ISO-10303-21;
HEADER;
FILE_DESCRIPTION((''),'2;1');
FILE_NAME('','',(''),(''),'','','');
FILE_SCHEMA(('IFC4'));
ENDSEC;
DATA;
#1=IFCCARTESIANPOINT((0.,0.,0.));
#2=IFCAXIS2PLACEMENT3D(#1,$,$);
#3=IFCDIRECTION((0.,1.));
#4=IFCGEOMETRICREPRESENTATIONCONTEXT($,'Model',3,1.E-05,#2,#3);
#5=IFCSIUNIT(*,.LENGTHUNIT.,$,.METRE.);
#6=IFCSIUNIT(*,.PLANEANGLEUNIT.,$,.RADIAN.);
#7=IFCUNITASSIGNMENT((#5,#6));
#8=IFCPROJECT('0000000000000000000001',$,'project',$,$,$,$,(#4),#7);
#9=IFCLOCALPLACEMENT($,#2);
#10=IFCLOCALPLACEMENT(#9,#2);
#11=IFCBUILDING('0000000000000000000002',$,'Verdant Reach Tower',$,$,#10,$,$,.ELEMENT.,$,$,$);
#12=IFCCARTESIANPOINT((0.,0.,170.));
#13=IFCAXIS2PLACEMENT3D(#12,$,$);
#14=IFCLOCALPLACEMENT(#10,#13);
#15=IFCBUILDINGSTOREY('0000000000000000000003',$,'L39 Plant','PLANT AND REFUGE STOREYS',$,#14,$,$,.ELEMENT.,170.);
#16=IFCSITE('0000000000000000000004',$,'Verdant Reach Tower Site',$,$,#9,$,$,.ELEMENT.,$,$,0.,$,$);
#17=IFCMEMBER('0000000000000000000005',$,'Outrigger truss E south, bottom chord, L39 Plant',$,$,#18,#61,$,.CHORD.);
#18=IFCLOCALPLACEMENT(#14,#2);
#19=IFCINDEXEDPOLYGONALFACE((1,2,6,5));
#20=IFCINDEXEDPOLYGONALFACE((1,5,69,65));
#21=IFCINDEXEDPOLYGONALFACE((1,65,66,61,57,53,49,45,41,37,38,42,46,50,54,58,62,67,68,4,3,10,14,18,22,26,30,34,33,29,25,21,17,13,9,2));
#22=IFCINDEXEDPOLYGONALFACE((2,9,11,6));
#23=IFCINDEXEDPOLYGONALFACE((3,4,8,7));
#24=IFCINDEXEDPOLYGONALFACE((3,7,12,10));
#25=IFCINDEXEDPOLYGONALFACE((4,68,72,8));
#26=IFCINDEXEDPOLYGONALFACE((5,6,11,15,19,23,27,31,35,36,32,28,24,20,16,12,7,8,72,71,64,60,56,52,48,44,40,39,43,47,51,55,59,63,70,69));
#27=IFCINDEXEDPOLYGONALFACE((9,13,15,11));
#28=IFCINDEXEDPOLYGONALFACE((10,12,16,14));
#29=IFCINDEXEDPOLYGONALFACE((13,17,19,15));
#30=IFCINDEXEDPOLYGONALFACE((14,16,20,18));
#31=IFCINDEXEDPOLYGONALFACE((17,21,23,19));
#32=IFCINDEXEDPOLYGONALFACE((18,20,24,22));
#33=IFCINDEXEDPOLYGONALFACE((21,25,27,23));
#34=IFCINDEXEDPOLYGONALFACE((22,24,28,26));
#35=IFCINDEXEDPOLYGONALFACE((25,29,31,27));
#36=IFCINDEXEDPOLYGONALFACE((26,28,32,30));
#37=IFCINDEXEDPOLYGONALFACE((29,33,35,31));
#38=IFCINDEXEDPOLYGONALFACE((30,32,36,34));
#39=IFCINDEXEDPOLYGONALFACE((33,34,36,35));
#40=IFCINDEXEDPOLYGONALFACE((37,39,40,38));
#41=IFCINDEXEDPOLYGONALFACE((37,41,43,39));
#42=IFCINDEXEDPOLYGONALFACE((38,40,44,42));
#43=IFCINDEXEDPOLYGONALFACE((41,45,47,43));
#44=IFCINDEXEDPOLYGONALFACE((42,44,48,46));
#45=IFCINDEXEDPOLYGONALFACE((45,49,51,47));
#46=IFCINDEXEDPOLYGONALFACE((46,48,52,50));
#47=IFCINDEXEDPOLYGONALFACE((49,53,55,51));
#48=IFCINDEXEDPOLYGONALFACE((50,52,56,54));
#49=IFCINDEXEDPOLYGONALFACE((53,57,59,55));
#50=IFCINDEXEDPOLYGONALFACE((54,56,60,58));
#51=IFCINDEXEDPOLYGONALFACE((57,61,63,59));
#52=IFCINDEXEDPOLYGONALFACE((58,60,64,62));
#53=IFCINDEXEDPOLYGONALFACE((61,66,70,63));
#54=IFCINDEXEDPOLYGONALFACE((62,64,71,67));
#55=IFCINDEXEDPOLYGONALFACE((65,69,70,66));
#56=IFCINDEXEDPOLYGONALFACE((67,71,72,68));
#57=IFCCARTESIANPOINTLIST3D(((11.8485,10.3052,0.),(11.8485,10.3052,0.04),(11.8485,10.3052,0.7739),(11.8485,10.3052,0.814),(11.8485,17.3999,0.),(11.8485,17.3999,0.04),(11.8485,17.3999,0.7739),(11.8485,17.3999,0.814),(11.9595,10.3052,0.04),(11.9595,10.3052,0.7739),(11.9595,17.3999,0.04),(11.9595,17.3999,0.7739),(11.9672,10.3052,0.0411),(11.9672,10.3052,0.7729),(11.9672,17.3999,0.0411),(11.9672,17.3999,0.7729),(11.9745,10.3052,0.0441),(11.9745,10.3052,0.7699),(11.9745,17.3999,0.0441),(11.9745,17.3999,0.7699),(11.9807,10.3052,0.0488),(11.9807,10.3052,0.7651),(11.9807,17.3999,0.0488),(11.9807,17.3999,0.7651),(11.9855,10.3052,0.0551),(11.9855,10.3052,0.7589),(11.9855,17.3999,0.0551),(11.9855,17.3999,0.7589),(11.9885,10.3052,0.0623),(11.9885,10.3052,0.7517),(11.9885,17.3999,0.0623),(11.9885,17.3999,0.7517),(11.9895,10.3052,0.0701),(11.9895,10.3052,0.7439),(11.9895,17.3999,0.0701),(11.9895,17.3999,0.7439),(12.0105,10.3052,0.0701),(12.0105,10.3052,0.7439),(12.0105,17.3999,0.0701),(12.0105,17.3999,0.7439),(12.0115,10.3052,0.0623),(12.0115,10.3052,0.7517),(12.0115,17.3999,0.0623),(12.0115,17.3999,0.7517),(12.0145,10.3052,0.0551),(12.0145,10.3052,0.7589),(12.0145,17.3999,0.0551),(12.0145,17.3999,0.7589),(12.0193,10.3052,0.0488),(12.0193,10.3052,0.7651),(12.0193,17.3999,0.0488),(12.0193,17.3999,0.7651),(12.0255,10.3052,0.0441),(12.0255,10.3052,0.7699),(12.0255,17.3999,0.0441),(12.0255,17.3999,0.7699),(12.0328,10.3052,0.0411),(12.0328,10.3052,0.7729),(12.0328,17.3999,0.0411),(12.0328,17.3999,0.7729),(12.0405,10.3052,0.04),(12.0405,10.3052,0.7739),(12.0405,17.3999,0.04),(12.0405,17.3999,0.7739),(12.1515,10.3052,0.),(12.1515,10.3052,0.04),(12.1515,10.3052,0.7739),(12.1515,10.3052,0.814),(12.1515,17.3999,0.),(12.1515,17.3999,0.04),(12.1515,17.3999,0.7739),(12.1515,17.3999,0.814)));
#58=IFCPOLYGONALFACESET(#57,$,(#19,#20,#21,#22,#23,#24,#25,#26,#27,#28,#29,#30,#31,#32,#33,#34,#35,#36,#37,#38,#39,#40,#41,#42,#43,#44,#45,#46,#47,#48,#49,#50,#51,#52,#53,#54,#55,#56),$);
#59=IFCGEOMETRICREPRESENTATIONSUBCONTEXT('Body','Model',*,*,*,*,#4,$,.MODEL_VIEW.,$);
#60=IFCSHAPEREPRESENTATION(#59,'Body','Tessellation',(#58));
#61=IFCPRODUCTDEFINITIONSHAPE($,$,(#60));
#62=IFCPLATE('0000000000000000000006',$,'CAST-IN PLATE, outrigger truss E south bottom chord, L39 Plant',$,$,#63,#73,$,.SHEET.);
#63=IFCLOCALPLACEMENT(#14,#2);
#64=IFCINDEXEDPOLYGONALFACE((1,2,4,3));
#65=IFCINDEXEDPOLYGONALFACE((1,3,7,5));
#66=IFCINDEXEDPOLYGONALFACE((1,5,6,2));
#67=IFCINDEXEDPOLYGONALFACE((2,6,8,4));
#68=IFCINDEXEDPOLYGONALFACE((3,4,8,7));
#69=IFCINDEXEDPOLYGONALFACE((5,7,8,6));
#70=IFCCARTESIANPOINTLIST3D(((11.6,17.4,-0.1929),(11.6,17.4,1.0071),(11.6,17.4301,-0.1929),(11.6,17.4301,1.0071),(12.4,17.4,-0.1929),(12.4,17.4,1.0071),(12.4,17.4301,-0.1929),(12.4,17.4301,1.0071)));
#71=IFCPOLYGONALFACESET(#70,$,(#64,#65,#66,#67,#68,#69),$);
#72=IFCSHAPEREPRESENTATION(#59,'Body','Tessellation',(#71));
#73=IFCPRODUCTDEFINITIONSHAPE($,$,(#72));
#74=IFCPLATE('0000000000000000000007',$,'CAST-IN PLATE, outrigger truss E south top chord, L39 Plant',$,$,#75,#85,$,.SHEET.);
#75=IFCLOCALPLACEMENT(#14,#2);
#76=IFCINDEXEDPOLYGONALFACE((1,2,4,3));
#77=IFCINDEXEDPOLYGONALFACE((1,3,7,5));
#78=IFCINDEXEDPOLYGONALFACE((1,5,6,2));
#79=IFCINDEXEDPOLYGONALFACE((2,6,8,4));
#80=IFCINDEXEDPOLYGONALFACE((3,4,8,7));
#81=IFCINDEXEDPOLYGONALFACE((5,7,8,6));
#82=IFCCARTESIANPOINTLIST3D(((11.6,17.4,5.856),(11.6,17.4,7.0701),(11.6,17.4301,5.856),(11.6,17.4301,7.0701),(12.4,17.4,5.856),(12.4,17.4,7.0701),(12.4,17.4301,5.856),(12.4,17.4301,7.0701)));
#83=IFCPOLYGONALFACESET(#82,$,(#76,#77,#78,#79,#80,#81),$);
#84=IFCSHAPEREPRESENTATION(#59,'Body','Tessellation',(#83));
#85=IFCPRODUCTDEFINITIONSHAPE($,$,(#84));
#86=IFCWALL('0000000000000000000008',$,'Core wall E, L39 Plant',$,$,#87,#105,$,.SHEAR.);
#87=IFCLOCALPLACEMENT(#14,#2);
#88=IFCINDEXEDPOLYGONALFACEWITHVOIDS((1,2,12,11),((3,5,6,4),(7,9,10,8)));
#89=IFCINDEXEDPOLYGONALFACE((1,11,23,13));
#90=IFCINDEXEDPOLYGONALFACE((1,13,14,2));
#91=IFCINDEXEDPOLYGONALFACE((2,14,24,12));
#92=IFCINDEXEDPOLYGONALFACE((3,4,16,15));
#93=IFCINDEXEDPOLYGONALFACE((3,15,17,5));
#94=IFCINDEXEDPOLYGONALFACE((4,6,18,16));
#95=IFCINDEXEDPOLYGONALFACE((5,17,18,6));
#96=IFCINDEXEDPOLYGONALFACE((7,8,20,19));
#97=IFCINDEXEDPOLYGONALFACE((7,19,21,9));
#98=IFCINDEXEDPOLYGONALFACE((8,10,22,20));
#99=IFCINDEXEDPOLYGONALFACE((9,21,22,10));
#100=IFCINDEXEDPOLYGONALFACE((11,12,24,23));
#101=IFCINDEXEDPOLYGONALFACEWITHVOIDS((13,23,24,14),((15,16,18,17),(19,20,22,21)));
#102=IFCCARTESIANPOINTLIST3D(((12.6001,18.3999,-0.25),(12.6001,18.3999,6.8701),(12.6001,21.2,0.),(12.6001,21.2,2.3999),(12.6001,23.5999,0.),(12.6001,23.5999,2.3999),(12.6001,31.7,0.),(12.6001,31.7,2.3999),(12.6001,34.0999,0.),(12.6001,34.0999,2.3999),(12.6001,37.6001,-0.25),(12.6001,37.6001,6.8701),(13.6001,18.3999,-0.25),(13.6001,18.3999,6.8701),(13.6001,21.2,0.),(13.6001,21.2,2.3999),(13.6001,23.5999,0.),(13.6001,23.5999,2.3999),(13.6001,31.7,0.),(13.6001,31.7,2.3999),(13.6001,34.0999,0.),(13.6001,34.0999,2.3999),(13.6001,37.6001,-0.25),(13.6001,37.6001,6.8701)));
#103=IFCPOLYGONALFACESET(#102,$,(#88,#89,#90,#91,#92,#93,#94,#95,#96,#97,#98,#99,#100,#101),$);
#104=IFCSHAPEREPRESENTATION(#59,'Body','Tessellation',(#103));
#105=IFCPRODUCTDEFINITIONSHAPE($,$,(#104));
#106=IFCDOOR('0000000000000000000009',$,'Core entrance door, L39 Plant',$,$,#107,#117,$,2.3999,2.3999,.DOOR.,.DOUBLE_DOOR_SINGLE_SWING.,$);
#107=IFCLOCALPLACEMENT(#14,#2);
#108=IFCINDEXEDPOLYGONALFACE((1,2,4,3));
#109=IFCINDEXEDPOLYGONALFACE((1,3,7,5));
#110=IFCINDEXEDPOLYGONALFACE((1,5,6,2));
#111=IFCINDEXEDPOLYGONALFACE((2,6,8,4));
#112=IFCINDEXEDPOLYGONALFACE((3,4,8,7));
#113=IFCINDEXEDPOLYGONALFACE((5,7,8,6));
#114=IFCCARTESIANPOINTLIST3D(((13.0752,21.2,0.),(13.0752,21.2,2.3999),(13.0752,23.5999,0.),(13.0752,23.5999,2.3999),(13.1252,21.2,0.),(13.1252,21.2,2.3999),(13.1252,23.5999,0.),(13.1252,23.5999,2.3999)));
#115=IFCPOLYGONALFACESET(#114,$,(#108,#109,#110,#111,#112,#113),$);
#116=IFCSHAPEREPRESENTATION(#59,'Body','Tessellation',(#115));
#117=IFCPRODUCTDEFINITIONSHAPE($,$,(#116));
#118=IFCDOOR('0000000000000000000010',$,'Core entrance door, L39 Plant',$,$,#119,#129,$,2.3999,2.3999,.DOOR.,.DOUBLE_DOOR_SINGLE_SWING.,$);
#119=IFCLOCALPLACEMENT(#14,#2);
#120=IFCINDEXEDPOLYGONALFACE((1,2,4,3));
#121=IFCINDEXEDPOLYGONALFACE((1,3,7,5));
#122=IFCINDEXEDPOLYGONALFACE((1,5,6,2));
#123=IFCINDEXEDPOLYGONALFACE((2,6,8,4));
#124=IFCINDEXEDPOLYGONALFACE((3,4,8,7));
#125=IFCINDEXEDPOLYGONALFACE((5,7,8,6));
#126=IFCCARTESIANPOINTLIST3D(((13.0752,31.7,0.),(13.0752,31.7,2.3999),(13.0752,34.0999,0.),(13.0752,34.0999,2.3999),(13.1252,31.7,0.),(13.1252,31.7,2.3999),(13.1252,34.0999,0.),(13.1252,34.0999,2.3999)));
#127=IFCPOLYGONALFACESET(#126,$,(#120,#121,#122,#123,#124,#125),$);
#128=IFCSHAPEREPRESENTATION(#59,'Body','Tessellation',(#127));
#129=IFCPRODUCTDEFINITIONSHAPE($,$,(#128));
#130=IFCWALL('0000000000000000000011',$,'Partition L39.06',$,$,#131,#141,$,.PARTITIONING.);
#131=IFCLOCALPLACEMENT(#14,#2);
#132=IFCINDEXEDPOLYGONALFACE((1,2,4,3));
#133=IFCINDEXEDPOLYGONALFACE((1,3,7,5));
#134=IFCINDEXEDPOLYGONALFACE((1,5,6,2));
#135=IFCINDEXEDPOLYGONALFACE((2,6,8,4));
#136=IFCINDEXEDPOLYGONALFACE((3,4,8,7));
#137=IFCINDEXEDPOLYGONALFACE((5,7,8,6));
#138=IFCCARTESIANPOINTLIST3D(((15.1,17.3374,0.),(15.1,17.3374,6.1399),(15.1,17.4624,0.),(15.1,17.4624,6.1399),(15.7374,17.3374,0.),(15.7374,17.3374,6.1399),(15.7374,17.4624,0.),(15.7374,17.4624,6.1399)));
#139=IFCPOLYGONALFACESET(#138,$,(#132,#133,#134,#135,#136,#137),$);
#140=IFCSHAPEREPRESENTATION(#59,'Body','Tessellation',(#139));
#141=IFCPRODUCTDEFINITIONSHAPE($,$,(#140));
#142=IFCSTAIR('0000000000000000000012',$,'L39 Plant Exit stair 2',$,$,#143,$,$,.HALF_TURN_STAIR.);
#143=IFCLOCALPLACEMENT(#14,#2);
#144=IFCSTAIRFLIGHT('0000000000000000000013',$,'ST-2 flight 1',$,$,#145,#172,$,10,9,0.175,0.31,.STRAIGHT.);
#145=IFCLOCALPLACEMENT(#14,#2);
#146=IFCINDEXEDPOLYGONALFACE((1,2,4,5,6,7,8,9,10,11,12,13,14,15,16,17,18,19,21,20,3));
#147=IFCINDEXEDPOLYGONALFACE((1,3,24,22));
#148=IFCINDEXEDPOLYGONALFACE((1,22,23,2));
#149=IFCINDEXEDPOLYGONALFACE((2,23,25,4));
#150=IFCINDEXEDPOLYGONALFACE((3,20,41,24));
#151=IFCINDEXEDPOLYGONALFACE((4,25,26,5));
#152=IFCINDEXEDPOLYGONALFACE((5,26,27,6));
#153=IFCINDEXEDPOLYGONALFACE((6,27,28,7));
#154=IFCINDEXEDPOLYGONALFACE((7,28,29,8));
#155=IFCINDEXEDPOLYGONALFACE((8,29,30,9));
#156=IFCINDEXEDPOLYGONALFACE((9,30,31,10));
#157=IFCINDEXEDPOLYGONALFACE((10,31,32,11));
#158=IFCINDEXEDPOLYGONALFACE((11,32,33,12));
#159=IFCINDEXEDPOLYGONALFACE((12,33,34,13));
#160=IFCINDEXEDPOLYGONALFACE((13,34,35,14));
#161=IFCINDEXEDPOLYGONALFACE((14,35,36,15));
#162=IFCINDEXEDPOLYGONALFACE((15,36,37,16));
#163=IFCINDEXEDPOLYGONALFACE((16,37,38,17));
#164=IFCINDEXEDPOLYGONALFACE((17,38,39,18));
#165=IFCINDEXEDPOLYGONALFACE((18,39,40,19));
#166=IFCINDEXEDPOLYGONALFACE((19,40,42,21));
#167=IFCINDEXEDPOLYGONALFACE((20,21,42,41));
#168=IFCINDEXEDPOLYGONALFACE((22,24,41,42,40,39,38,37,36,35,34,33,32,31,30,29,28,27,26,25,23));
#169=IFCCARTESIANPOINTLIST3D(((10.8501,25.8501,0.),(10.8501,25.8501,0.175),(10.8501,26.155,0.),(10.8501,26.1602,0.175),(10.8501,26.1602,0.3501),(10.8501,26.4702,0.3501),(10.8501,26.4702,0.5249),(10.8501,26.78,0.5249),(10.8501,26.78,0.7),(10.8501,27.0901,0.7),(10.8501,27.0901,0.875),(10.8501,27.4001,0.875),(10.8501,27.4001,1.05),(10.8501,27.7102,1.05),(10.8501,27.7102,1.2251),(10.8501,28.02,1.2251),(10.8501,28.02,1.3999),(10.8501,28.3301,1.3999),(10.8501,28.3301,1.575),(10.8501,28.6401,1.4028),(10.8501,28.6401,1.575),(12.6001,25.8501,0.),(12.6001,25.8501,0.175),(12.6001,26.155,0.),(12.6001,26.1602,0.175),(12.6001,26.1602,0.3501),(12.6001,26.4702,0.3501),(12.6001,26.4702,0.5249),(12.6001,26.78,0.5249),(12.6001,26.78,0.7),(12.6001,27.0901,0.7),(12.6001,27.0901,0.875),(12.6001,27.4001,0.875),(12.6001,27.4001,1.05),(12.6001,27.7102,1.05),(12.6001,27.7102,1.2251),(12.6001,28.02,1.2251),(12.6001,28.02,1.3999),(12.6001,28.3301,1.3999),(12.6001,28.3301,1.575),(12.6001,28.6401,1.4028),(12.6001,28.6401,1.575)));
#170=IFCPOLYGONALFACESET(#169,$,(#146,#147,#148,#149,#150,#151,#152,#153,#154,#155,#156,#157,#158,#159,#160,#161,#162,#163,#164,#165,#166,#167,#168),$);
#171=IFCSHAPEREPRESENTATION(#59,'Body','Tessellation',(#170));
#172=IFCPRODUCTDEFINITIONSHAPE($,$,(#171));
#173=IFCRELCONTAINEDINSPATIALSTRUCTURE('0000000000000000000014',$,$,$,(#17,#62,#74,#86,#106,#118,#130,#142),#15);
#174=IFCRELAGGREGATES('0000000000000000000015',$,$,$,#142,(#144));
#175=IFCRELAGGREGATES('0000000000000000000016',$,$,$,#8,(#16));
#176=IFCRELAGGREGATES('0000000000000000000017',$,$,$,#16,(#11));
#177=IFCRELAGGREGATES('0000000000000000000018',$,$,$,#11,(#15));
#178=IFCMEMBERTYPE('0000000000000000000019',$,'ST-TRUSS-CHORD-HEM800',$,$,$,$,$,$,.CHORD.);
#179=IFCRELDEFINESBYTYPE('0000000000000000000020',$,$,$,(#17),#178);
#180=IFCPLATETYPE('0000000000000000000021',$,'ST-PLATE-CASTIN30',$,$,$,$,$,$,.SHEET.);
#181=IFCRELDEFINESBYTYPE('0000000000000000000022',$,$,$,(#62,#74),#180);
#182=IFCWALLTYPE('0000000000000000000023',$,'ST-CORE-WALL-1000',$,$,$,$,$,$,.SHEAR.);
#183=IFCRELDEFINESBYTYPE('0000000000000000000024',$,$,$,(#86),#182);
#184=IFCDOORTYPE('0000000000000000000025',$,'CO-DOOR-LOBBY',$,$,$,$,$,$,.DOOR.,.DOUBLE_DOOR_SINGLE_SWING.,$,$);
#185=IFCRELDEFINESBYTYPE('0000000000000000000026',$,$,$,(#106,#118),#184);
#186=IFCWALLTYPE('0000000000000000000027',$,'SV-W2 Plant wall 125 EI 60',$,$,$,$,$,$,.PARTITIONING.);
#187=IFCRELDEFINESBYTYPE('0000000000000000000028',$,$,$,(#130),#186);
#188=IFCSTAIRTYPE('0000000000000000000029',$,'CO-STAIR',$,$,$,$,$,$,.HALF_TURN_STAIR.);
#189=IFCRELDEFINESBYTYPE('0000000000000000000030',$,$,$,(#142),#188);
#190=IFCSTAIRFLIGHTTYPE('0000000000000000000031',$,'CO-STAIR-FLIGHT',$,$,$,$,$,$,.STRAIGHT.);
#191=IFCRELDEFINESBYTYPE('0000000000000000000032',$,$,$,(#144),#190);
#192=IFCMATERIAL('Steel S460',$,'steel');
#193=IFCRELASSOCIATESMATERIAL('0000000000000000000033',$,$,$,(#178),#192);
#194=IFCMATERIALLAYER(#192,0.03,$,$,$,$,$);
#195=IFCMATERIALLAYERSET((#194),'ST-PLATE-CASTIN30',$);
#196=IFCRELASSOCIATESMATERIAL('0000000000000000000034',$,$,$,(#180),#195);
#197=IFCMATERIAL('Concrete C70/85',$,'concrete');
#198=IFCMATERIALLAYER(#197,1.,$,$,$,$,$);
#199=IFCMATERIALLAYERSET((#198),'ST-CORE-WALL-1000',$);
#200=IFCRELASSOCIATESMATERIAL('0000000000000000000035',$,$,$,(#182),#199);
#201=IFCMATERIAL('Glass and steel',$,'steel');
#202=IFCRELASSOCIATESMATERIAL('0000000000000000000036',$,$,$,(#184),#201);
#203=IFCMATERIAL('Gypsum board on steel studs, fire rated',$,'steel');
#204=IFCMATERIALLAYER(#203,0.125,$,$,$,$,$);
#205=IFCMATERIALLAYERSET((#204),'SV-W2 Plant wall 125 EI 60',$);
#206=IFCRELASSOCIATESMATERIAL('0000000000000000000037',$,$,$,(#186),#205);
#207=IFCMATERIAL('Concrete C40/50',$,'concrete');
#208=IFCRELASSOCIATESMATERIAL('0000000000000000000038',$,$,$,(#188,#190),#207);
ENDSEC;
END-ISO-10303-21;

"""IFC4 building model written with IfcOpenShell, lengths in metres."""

from ifc_helpers import new_model, si_unit, direction, frame, frame_2d, origin, origin_2d, place, context, subcontext, project, spatial, polyline, rectangle, i_section, outline, extrude, material, layer, layer_set, material_profile, profile_set, type_object, element, fill, aggregate, save


model = new_model("IFC4")

# Units and contexts
model_context = context("Model", 3, precision=1e-05, world=origin(), true_north=direction((0.0, 1.0)))
body_context = subcontext(model_context, "Body", "Model", "MODEL_VIEW")
ifc_project = project(units=[si_unit("LENGTHUNIT", "METRE"), si_unit("PLANEANGLEUNIT", "RADIAN")], contexts=[model_context])

# Site, building, storey
site_placement = place(None, origin())
site = spatial("IfcSite", under=ifc_project, at=site_placement, Name="Verdant Reach Tower Site", CompositionType="ELEMENT", RefElevation=0.0)
building_placement = place(site_placement, origin())
building = spatial("IfcBuilding", under=site, at=building_placement, Name="Verdant Reach Tower", CompositionType="ELEMENT")
storey_placement = place(building_placement, frame((0.0, 0.0, 170.0)))
storey = spatial("IfcBuildingStorey", under=building, at=storey_placement, Name="L39 Plant", Description="PLANT AND REFUGE STOREYS", CompositionType="ELEMENT", Elevation=170.0)

# Member
ifc_material_1 = material(Name="Steel S460", Category="steel")
ifc_material_profile_1 = material_profile(ifc_material_1, i_section(OverallWidth=0.303, OverallDepth=0.814, WebThickness=0.021, FlangeThickness=0.04, FilletRadius=0.03, at=origin_2d()), Name="HEM 800")
ifc_profile_set_1 = profile_set([ifc_material_profile_1], Name="Steel S460")
member_type_1 = type_object("IfcMemberType", Name="ST-TRUSS-CHORD-HEM800", PredefinedType="CHORD", material=ifc_profile_set_1)
member_1_placement = place(storey_placement, frame((12.0, 17.3999, 0.407), z_axis=(0.0, -1.0, 0.0), x_axis=(1.0, 0.0, 0.0)))
element("IfcMember", 1, at=member_1_placement, inside=storey, type_object=member_type_1, Name="Outrigger truss E south, bottom chord, L39 Plant", PredefinedType="CHORD", context=body_context, shape_type="SweptSolid", body=[
    extrude(i_section(OverallWidth=0.303, OverallDepth=0.814, WebThickness=0.021, FlangeThickness=0.04, FilletRadius=0.03, at=origin_2d()), origin(), (0.0, 0.0, 1.0), 7.0947),
])

# Plates
ifc_layer_1 = layer(ifc_material_1, 0.03)
ifc_layer_set_1 = layer_set([ifc_layer_1], Name="ST-PLATE-CASTIN30")
plate_type = type_object("IfcPlateType", Name="ST-PLATE-CASTIN30", PredefinedType="SHEET", material=ifc_layer_set_1)
plate_1_placement = place(storey_placement, frame((12.0, 17.415, -0.1929), z_axis=(0.0, 0.0, 1.0), x_axis=(1.0, 0.0, 0.0)))
element("IfcPlate", 2, at=plate_1_placement, inside=storey, type_object=plate_type, Name="CAST-IN PLATE, outrigger truss E south bottom chord, L39 Plant", PredefinedType="SHEET", context=body_context, shape_type="SweptSolid", body=[
    extrude(rectangle(XDim=0.8, YDim=0.03, at=origin_2d()), origin(), (0.0, 0.0, 1.0), 1.2),
])
plate_2_placement = place(storey_placement, frame((12.0, 17.415, 5.856), z_axis=(0.0, 0.0, 1.0), x_axis=(1.0, 0.0, 0.0)))
element("IfcPlate", 3, at=plate_2_placement, inside=storey, type_object=plate_type, Name="CAST-IN PLATE, outrigger truss E south top chord, L39 Plant", PredefinedType="SHEET", context=body_context, shape_type="SweptSolid", body=[
    extrude(rectangle(XDim=0.8, YDim=0.03, at=origin_2d()), origin(), (0.0, 0.0, 1.0), 1.2141),
])

# Wall, openings, doors
ifc_material_2 = material(Name="Concrete C70/85", Category="concrete")
ifc_layer_2 = layer(ifc_material_2, 1.0)
ifc_layer_set_2 = layer_set([ifc_layer_2], Name="ST-CORE-WALL-1000")
wall_type_1 = type_object("IfcWallType", Name="ST-CORE-WALL-1000", PredefinedType="SHEAR", material=ifc_layer_set_2)
wall_1_placement = place(storey_placement, frame((13.1001, 18.3999, -0.25), z_axis=(0.0, 0.0, 1.0), x_axis=(0.0, 1.0, 0.0)))
wall_1 = element("IfcWall", 4, at=wall_1_placement, inside=storey, type_object=wall_type_1, Name="Core wall E, L39 Plant", PredefinedType="SHEAR", context=body_context, shape_type="SweptSolid", body=[
    extrude(rectangle(XDim=19.2002, YDim=1.0, at=frame_2d((9.6001, 0.0))), origin(), (0.0, 0.0, 1.0), 7.1201),
])
opening_1_placement = place(wall_1_placement, frame((2.8, 0.0, 0.25)))
opening_1 = element("IfcOpeningElement", 5, at=opening_1_placement, cuts=wall_1, PredefinedType="OPENING", context=body_context, shape_type="SweptSolid", body=[
    extrude(rectangle(XDim=2.3999, YDim=2.3999, at=frame_2d((1.2, 1.2))), frame((0.0, 0.51, 0.0), z_axis=(0.0, -1.0, 0.0), x_axis=(1.0, 0.0, 0.0)), (0.0, 0.0, 1.0), 1.02),
])
opening_2_placement = place(wall_1_placement, frame((13.3, 0.0, 0.25)))
opening_2 = element("IfcOpeningElement", 6, at=opening_2_placement, cuts=wall_1, PredefinedType="OPENING", context=body_context, shape_type="SweptSolid", body=[
    extrude(rectangle(XDim=2.3999, YDim=2.3999, at=frame_2d((1.2, 1.2))), frame((0.0, 0.51, 0.0), z_axis=(0.0, -1.0, 0.0), x_axis=(1.0, 0.0, 0.0)), (0.0, 0.0, 1.0), 1.02),
])
ifc_material_3 = material(Name="Glass and steel", Category="steel")
door_type = type_object("IfcDoorType", Name="CO-DOOR-LOBBY", OperationType="DOUBLE_DOOR_SINGLE_SWING", PredefinedType="DOOR", material=ifc_material_3)
door_1_placement = place(opening_1_placement, origin())
door_1 = element("IfcDoor", 7, at=door_1_placement, inside=storey, type_object=door_type, Name="Core entrance door, L39 Plant", OperationType="DOUBLE_DOOR_SINGLE_SWING", OverallHeight=2.3999, OverallWidth=2.3999, PredefinedType="DOOR", context=body_context, shape_type="SweptSolid", body=[
    extrude(rectangle(XDim=2.3999, YDim=2.3999, at=frame_2d((1.2, 1.2))), frame((0.0, 0.0249, 0.0), z_axis=(0.0, -1.0, 0.0), x_axis=(1.0, 0.0, 0.0)), (0.0, 0.0, 1.0), 0.05),
])
fill(opening_1, door_1)
door_2_placement = place(opening_2_placement, origin())
door_2 = element("IfcDoor", 8, at=door_2_placement, inside=storey, type_object=door_type, Name="Core entrance door, L39 Plant", OperationType="DOUBLE_DOOR_SINGLE_SWING", OverallHeight=2.3999, OverallWidth=2.3999, PredefinedType="DOOR", context=body_context, shape_type="SweptSolid", body=[
    extrude(rectangle(XDim=2.3999, YDim=2.3999, at=frame_2d((1.2, 1.2))), frame((0.0, 0.0249, 0.0), z_axis=(0.0, -1.0, 0.0), x_axis=(1.0, 0.0, 0.0)), (0.0, 0.0, 1.0), 0.05),
])
fill(opening_2, door_2)

# Wall
ifc_material_4 = material(Name="Gypsum board on steel studs, fire rated", Category="steel")
ifc_layer_3 = layer(ifc_material_4, 0.125)
ifc_layer_set_3 = layer_set([ifc_layer_3], Name="SV-W2 Plant wall 125 EI 60")
wall_type_2 = type_object("IfcWallType", Name="SV-W2 Plant wall 125 EI 60", PredefinedType="PARTITIONING", material=ifc_layer_set_3)
wall_2_placement = place(storey_placement, frame((15.7375, 17.3999, 0.0), z_axis=(0.0, 0.0, 1.0), x_axis=(-1.0, 0.0, 0.0)))
element("IfcWall", 9, at=wall_2_placement, inside=storey, type_object=wall_type_2, Name="Partition L39.06", PredefinedType="PARTITIONING", context=body_context, shape_type="SweptSolid", body=[
    extrude(rectangle(XDim=0.6375, YDim=0.125, at=frame_2d((0.3188, 0.0))), origin(), (0.0, 0.0, 1.0), 6.1399),
])

# Stair, stair flight
ifc_material_5 = material(Name="Concrete C40/50", Category="concrete")
stair_type = type_object("IfcStairType", Name="CO-STAIR", PredefinedType="HALF_TURN_STAIR", material=ifc_material_5)
stair_placement = place(storey_placement, origin())
stair = element("IfcStair", 10, at=stair_placement, inside=storey, type_object=stair_type, Name="L39 Plant Exit stair 2", PredefinedType="HALF_TURN_STAIR")
stair_flight_type = type_object("IfcStairFlightType", Name="CO-STAIR-FLIGHT", PredefinedType="STRAIGHT", material=ifc_material_5)
stair_flight_1_placement = place(storey_placement, frame((11.7251, 25.8501, 0.0), z_axis=(0.0, 0.0, 1.0), x_axis=(0.0, 1.0, 0.0)))
stair_flight_1 = element("IfcStairFlight", 11, at=stair_flight_1_placement, type_object=stair_flight_type, Name="ST-2 flight 1", NumberOfRisers=10, NumberOfTreads=9, PredefinedType="STRAIGHT", RiserHeight=0.175, TreadLength=0.31, context=body_context, shape_type="SweptSolid", body=[
    extrude(outline(polyline([(0.0, 0.0), (0.0, 0.175), (0.3101, 0.175), (0.3101, 0.3501), (0.6201, 0.3501), (0.6201, 0.5249), (0.9299, 0.5249), (0.9299, 0.7), (1.24, 0.7), (1.24, 0.875), (1.55, 0.875), (1.55, 1.05), (1.8601, 1.05), (1.8601, 1.2251), (2.1699, 1.2251), (2.1699, 1.3999), (2.48, 1.3999), (2.48, 1.575), (2.79, 1.575), (2.79, 1.75), (2.79, 1.4028), (0.3049, 0.0), (0.0, 0.0)])), frame((0.0, 0.875, 0.0), z_axis=(0.0, -1.0, 0.0), x_axis=(1.0, 0.0, 0.0)), (0.0, 0.0, 1.0), 1.75),
])
aggregate(stair, [stair_flight_1])

save(model, "model.ifc")
